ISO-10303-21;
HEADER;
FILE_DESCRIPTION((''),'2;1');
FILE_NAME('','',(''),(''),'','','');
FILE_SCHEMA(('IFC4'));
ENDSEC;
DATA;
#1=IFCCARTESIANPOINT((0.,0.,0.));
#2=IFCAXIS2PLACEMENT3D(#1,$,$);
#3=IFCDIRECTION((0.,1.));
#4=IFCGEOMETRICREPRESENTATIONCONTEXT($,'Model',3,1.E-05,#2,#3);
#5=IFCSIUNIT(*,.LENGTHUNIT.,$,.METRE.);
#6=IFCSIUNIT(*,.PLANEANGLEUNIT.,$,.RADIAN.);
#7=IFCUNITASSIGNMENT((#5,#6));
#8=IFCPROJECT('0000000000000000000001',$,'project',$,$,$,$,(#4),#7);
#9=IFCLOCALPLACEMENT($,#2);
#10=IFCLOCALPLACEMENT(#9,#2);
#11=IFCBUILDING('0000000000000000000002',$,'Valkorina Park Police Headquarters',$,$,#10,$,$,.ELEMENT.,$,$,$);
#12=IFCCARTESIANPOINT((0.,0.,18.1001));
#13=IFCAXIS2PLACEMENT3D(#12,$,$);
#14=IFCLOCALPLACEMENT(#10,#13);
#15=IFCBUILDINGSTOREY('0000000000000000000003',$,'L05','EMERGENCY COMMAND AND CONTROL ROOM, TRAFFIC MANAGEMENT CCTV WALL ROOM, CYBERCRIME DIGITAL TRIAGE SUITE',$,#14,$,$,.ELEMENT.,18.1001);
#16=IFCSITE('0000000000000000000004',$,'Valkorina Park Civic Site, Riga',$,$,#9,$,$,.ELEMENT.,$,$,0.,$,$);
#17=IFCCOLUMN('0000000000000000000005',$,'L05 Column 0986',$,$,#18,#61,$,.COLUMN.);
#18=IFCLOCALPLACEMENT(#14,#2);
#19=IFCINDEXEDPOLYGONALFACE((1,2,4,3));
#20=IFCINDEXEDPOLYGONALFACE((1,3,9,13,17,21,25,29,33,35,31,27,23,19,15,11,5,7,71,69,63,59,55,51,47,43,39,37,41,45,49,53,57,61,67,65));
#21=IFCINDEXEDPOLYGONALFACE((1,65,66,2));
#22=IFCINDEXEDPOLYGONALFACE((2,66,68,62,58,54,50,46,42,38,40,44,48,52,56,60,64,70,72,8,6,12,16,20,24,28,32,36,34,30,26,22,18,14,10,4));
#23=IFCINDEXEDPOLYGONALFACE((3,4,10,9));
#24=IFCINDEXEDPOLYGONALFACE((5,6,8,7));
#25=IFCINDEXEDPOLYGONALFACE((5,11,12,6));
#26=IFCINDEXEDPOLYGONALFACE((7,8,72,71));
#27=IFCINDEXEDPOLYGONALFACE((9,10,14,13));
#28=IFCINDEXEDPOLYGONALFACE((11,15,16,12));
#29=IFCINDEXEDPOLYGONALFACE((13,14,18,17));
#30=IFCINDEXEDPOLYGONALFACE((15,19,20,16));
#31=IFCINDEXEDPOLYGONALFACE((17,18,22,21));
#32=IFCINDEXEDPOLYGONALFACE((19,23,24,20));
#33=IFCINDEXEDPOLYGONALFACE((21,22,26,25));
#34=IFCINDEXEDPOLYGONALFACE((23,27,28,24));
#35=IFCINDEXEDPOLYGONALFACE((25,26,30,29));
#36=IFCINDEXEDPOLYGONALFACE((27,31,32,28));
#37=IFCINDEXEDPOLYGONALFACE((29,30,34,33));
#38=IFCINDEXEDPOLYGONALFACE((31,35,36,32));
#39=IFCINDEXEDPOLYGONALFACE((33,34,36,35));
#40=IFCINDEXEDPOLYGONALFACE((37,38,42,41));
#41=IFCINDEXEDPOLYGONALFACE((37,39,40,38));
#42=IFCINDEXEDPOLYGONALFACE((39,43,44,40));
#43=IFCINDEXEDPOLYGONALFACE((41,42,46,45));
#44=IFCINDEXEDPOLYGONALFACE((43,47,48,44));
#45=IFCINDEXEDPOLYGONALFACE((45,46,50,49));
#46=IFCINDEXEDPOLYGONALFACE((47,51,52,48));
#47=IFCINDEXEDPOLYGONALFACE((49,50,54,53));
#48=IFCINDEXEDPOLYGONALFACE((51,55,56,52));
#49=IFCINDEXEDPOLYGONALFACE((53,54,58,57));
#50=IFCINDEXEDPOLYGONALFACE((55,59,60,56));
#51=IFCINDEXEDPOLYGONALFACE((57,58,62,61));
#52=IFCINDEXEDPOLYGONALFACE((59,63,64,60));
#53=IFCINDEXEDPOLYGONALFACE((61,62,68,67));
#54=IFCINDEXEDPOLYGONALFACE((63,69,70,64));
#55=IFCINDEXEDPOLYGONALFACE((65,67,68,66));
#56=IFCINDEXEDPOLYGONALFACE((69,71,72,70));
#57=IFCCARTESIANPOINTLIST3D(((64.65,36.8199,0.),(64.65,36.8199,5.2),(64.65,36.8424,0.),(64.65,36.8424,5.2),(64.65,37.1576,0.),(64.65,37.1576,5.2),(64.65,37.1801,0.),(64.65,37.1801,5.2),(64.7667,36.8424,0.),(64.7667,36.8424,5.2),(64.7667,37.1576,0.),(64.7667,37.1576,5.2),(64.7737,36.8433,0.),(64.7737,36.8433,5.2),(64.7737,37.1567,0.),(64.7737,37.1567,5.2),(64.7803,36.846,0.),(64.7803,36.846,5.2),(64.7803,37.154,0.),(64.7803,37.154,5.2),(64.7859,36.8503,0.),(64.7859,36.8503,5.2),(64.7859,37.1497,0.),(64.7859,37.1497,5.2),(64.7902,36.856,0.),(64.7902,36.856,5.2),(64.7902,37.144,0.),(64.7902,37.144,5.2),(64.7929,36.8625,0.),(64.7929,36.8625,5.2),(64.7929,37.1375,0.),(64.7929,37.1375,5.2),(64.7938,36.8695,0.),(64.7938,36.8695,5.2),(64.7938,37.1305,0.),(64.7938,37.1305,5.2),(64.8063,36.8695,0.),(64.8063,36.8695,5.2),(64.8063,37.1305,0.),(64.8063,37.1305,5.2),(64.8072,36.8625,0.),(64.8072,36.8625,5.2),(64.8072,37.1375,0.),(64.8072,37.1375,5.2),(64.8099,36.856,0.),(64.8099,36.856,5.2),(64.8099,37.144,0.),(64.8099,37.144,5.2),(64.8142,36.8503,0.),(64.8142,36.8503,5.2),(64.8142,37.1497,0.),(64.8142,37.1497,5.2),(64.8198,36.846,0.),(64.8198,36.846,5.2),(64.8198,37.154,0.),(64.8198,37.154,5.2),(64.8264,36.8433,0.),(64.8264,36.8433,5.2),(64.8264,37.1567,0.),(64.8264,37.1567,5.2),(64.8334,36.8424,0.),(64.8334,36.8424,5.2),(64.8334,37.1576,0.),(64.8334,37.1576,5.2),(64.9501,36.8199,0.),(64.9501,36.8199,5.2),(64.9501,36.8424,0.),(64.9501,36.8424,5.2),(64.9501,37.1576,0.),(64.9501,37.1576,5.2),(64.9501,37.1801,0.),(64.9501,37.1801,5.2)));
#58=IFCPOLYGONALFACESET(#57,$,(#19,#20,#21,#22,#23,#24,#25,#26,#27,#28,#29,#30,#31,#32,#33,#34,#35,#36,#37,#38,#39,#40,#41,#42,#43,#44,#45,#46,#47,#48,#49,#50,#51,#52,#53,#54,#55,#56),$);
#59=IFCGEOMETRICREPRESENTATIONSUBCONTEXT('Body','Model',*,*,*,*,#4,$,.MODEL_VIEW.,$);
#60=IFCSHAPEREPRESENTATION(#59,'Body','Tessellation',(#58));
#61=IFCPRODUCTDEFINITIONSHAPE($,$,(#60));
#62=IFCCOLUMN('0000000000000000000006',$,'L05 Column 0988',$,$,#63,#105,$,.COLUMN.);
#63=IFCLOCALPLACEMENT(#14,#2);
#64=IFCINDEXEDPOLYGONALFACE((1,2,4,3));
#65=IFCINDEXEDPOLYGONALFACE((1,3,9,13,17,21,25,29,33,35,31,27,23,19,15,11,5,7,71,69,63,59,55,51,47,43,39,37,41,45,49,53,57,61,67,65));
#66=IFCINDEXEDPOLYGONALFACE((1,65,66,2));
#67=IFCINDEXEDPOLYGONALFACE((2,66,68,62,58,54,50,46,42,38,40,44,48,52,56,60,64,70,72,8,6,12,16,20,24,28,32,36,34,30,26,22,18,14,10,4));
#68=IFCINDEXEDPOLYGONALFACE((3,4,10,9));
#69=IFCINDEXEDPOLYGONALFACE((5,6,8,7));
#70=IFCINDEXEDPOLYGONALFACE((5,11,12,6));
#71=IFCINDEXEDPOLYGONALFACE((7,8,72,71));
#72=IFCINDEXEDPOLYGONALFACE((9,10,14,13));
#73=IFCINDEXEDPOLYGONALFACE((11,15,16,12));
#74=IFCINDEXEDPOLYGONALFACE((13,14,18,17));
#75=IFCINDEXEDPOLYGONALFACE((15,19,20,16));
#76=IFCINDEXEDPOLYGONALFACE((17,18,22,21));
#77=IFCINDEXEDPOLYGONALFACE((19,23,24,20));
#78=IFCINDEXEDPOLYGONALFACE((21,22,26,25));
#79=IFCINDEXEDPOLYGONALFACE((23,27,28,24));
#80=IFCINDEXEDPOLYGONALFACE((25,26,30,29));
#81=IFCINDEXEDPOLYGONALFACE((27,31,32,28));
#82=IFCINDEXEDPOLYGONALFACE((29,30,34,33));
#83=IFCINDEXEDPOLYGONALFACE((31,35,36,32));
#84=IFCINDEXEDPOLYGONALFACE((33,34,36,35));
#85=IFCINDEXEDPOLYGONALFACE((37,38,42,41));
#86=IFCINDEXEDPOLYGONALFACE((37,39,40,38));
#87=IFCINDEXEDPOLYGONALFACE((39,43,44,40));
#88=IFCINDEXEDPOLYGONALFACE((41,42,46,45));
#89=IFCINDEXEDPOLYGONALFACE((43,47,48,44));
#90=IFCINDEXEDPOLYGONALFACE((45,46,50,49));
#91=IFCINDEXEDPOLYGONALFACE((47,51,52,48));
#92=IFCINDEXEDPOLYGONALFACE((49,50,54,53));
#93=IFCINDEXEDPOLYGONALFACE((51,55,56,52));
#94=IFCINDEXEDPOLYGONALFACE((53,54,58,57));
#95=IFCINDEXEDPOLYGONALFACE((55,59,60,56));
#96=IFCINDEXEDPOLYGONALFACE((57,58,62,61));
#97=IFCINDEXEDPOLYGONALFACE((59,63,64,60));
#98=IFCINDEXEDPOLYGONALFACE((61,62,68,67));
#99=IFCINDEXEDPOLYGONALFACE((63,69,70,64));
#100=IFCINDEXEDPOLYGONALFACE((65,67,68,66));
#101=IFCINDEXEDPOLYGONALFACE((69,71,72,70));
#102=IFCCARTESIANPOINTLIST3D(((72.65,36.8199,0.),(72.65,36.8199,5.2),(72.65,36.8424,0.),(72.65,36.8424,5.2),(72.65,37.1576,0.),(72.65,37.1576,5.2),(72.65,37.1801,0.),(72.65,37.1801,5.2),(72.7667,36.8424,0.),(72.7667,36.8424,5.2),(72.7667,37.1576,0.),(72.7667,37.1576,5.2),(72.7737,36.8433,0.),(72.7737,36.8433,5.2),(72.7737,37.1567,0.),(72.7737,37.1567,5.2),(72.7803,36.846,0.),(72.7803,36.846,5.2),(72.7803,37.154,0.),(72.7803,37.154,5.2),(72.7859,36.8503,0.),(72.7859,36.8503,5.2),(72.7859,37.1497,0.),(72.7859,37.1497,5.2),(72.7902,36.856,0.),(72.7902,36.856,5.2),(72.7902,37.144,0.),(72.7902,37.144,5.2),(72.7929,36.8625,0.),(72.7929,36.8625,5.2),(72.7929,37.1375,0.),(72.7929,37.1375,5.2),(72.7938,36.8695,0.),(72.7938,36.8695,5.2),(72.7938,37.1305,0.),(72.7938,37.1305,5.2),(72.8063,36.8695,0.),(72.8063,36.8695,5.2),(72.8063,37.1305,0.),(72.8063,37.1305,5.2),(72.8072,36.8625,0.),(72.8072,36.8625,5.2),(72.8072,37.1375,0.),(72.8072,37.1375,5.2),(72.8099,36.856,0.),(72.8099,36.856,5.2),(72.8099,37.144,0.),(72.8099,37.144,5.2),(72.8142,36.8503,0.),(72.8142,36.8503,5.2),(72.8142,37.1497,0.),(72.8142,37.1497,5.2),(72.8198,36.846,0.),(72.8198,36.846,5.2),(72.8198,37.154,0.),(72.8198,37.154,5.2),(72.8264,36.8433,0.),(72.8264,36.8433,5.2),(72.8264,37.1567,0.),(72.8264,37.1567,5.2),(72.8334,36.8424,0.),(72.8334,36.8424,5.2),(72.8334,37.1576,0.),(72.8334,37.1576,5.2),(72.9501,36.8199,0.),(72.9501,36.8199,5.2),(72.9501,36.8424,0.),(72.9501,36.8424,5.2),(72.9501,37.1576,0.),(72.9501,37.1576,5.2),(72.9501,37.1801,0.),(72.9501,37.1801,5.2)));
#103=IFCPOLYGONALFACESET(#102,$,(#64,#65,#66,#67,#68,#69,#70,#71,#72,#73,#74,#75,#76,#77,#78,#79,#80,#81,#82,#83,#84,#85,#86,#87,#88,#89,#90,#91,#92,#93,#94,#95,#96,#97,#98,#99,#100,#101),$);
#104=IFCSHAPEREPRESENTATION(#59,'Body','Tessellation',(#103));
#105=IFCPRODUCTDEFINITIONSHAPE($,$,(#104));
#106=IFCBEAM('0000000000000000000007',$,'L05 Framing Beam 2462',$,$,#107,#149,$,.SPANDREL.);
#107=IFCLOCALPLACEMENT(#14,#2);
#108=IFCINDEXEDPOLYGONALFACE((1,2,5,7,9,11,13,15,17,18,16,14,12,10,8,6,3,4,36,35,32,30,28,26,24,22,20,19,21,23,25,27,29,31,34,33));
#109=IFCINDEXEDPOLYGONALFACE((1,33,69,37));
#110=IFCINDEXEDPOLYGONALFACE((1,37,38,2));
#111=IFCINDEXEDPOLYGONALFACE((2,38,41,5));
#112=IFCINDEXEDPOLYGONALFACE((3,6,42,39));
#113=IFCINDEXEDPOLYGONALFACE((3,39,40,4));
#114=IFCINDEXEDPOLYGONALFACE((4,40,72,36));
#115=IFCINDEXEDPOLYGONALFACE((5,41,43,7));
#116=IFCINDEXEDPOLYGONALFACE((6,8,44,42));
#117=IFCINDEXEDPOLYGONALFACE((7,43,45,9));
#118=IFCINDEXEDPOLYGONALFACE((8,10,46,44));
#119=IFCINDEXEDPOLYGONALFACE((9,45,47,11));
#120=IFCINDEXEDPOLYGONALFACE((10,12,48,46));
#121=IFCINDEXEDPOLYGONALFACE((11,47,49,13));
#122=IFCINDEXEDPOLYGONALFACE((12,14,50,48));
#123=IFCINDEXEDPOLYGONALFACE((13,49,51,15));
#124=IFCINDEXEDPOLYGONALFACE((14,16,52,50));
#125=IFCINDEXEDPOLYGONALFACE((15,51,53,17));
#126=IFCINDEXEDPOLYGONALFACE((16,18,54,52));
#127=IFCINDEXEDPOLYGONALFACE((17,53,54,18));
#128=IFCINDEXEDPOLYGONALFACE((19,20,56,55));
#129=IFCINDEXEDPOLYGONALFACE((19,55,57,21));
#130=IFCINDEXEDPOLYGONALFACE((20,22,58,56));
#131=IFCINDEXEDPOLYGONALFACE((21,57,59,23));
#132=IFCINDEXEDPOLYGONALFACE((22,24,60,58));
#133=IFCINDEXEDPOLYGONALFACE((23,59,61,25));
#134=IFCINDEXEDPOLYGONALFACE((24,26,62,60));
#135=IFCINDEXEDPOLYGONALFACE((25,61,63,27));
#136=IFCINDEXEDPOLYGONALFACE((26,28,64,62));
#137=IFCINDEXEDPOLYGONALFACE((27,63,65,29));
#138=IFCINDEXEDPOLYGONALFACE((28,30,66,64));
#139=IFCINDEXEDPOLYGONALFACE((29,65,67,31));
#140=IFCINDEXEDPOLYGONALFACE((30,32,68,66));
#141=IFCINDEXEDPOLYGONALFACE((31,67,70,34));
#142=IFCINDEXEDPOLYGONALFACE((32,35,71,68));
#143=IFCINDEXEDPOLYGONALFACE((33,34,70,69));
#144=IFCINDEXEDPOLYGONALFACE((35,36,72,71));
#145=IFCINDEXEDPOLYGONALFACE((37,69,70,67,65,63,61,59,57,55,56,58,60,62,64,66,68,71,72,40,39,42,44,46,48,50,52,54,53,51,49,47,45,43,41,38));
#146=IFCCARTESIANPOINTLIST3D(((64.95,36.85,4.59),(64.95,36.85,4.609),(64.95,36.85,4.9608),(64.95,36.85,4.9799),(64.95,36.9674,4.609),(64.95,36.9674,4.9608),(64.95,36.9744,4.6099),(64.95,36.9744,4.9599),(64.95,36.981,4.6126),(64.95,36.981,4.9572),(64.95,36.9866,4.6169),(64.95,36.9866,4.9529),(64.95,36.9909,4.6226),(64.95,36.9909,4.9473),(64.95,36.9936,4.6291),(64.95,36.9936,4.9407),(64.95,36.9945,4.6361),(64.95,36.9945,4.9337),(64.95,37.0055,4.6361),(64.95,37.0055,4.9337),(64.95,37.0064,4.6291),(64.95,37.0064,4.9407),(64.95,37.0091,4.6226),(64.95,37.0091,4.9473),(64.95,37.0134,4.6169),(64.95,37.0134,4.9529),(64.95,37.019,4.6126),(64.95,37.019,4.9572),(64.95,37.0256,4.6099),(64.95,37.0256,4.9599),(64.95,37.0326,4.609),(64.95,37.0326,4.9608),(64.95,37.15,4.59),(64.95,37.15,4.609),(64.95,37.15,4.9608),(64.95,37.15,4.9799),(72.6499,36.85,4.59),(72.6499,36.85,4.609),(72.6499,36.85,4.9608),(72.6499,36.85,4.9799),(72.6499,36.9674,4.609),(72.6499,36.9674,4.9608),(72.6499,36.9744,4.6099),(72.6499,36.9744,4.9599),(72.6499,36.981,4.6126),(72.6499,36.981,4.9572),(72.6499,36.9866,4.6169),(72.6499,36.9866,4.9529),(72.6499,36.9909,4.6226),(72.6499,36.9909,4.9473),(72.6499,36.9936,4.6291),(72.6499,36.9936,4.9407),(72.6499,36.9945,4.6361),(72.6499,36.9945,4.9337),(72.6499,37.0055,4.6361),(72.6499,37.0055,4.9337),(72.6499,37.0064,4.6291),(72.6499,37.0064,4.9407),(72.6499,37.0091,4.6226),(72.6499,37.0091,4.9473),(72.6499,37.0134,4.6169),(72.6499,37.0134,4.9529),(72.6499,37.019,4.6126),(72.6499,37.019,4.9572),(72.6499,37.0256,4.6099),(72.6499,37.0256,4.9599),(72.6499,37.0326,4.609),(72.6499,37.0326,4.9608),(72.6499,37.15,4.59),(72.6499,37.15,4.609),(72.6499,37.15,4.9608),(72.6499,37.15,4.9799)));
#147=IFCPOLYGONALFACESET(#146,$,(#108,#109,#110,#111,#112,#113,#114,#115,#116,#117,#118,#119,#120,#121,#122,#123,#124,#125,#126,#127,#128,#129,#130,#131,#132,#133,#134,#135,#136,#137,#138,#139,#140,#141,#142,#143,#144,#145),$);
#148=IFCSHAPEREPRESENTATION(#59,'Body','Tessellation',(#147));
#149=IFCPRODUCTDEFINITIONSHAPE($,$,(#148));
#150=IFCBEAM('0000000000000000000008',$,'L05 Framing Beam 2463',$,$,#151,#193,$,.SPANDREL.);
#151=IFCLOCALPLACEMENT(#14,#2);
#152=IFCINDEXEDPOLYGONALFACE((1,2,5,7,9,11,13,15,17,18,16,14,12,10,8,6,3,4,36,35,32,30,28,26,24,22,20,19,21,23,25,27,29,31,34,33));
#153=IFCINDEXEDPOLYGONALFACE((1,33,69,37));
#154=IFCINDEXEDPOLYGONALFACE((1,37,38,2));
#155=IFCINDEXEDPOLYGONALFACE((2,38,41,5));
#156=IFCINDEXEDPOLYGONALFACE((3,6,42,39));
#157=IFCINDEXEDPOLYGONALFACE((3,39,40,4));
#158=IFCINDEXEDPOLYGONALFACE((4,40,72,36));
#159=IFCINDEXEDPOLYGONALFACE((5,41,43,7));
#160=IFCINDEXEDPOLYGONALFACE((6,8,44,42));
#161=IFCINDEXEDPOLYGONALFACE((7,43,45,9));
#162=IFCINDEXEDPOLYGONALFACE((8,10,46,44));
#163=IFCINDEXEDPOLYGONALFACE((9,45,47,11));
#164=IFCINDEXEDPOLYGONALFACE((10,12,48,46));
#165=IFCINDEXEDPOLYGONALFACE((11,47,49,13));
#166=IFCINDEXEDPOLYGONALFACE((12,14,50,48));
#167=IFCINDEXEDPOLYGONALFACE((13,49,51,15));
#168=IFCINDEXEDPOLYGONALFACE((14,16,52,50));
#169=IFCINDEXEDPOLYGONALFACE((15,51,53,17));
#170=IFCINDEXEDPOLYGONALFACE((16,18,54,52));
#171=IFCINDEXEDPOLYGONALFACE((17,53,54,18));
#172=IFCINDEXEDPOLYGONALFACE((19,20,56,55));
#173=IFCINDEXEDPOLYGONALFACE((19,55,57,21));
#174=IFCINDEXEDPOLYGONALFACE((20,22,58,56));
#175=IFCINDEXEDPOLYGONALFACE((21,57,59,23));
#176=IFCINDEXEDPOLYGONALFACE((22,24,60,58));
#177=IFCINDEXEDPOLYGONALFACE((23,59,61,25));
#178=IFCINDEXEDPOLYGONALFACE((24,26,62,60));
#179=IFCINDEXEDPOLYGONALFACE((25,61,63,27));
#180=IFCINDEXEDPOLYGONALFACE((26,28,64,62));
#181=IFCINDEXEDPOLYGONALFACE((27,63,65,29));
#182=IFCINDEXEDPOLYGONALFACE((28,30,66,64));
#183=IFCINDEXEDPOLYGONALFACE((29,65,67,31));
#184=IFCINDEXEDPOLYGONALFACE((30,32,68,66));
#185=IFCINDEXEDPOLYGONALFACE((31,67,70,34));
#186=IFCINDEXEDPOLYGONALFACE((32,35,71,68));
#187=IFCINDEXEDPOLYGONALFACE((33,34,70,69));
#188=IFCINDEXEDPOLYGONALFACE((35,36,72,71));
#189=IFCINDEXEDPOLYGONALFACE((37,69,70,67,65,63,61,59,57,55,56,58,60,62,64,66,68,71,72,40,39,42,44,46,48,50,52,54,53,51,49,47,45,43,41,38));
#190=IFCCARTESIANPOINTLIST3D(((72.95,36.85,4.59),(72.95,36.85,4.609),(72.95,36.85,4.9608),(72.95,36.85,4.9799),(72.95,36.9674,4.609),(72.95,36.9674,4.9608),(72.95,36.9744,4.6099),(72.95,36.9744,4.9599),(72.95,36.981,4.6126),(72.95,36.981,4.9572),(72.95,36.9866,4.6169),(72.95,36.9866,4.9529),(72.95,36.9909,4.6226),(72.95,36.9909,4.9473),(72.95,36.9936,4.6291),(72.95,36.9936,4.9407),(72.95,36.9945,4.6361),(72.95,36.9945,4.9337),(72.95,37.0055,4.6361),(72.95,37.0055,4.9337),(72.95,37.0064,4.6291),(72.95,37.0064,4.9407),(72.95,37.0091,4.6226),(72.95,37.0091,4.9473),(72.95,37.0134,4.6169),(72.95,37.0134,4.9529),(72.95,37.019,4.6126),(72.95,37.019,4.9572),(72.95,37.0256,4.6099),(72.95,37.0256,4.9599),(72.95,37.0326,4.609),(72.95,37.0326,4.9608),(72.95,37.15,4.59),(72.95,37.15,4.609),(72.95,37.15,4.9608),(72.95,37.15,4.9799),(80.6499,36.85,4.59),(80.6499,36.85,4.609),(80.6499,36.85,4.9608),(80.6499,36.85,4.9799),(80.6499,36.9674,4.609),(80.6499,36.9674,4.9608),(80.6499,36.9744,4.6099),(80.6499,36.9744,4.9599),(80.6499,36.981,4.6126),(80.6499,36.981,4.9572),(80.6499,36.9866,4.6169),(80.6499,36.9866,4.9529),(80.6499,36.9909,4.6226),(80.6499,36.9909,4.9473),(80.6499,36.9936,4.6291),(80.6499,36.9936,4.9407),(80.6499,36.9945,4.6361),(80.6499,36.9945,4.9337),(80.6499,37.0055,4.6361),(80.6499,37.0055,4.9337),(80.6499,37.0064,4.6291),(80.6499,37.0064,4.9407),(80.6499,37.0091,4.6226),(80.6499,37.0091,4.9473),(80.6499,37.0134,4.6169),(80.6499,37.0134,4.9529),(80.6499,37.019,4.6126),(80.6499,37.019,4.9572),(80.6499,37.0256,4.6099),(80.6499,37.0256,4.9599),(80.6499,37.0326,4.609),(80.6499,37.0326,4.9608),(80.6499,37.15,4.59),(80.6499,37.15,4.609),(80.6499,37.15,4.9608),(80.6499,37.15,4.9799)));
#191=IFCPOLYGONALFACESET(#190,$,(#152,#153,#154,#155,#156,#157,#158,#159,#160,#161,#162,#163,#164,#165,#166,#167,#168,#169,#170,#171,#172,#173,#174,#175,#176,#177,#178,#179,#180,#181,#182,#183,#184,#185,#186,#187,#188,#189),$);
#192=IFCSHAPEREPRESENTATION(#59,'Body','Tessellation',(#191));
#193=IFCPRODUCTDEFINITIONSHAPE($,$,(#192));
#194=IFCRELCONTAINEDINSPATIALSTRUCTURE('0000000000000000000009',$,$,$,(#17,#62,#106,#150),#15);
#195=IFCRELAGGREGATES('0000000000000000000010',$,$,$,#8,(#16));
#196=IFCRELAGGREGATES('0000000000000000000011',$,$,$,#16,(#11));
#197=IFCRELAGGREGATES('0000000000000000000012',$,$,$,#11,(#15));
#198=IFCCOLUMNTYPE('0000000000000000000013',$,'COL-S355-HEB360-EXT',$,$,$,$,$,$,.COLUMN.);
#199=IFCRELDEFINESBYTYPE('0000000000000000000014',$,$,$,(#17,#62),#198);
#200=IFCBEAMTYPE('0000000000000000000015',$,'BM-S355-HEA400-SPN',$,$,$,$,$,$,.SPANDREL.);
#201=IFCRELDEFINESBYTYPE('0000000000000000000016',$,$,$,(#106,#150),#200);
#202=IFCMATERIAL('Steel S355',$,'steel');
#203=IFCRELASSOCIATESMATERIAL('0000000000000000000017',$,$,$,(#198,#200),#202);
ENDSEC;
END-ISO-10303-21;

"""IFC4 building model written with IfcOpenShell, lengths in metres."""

from ifc_helpers import new_model, si_unit, direction, frame, origin, origin_2d, place, context, subcontext, project, spatial, i_section, extrude, material, material_profile, profile_set, type_object, element, save


model = new_model("IFC4")

# Units and contexts
model_context = context("Model", 3, precision=1e-05, world=origin(), true_north=direction((0.0, 1.0)))
body_context = subcontext(model_context, "Body", "Model", "MODEL_VIEW")
ifc_project = project(units=[si_unit("LENGTHUNIT", "METRE"), si_unit("PLANEANGLEUNIT", "RADIAN")], contexts=[model_context])

# Site, building, storey
site_placement = place(None, origin())
site = spatial("IfcSite", under=ifc_project, at=site_placement, Name="Valkorina Park Civic Site, Riga", CompositionType="ELEMENT", RefElevation=0.0)
building_placement = place(site_placement, origin())
building = spatial("IfcBuilding", under=site, at=building_placement, Name="Valkorina Park Police Headquarters", CompositionType="ELEMENT")
storey_placement = place(building_placement, frame((0.0, 0.0, 18.1001)))
storey = spatial("IfcBuildingStorey", under=building, at=storey_placement, Name="L05", Description="EMERGENCY COMMAND AND CONTROL ROOM, TRAFFIC MANAGEMENT CCTV WALL ROOM, CYBERCRIME DIGITAL TRIAGE SUITE", CompositionType="ELEMENT", Elevation=18.1001)

# Columns
ifc_material_1 = material(Name="Steel S355", Category="steel")
ifc_material_profile_1 = material_profile(ifc_material_1, i_section(OverallWidth=0.3, OverallDepth=0.3601, WebThickness=0.0125, FlangeThickness=0.0225, FilletRadius=0.0271, at=origin_2d()), Name="HEB 360")
ifc_profile_set_1 = profile_set([ifc_material_profile_1], Name="Steel S355")
column_type = type_object("IfcColumnType", Name="COL-S355-HEB360-EXT", PredefinedType="COLUMN", material=ifc_profile_set_1)
for number, where, z_axis, x_axis, name in (
    (1, (64.8, 37.0, 0.0), (0.0, 0.0, 1.0), (1.0, 0.0, 0.0), "L05 Column 0986"),
    (2, (72.8, 37.0, 0.0), (0.0, 0.0, 1.0), (1.0, 0.0, 0.0), "L05 Column 0988"),
):
    element("IfcColumn", number, at=place(storey_placement, frame(where, z_axis=z_axis, x_axis=x_axis)), inside=storey, type_object=column_type, Name=name, PredefinedType="COLUMN", context=body_context, shape_type="SweptSolid", body=[
        extrude(i_section(OverallWidth=0.3, OverallDepth=0.3601, WebThickness=0.0125, FlangeThickness=0.0225, FilletRadius=0.0271, at=origin_2d()), origin(), (0.0, 0.0, 1.0), 5.2),
    ])

# Beams
ifc_material_profile_2 = material_profile(ifc_material_1, i_section(OverallWidth=0.3, OverallDepth=0.3899, WebThickness=0.011, FlangeThickness=0.019, FilletRadius=0.0271, at=origin_2d()), Name="HEA 400")
ifc_profile_set_2 = profile_set([ifc_material_profile_2], Name="Steel S355")
beam_type = type_object("IfcBeamType", Name="BM-S355-HEA400-SPN", PredefinedType="SPANDREL", material=ifc_profile_set_2)
for number, where, z_axis, x_axis, name in (
    (3, (64.95, 37.0, 4.7849), (1.0, 0.0, 0.0), (0.0, 1.0, 0.0), "L05 Framing Beam 2462"),
    (4, (72.95, 37.0, 4.7849), (1.0, 0.0, 0.0), (0.0, 1.0, 0.0), "L05 Framing Beam 2463"),
):
    element("IfcBeam", number, at=place(storey_placement, frame(where, z_axis=z_axis, x_axis=x_axis)), inside=storey, type_object=beam_type, Name=name, PredefinedType="SPANDREL", context=body_context, shape_type="SweptSolid", body=[
        extrude(i_section(OverallWidth=0.3, OverallDepth=0.3899, WebThickness=0.011, FlangeThickness=0.019, FilletRadius=0.0271, at=origin_2d()), origin(), (0.0, 0.0, 1.0), 7.7),
    ])

save(model, "model.ifc")
